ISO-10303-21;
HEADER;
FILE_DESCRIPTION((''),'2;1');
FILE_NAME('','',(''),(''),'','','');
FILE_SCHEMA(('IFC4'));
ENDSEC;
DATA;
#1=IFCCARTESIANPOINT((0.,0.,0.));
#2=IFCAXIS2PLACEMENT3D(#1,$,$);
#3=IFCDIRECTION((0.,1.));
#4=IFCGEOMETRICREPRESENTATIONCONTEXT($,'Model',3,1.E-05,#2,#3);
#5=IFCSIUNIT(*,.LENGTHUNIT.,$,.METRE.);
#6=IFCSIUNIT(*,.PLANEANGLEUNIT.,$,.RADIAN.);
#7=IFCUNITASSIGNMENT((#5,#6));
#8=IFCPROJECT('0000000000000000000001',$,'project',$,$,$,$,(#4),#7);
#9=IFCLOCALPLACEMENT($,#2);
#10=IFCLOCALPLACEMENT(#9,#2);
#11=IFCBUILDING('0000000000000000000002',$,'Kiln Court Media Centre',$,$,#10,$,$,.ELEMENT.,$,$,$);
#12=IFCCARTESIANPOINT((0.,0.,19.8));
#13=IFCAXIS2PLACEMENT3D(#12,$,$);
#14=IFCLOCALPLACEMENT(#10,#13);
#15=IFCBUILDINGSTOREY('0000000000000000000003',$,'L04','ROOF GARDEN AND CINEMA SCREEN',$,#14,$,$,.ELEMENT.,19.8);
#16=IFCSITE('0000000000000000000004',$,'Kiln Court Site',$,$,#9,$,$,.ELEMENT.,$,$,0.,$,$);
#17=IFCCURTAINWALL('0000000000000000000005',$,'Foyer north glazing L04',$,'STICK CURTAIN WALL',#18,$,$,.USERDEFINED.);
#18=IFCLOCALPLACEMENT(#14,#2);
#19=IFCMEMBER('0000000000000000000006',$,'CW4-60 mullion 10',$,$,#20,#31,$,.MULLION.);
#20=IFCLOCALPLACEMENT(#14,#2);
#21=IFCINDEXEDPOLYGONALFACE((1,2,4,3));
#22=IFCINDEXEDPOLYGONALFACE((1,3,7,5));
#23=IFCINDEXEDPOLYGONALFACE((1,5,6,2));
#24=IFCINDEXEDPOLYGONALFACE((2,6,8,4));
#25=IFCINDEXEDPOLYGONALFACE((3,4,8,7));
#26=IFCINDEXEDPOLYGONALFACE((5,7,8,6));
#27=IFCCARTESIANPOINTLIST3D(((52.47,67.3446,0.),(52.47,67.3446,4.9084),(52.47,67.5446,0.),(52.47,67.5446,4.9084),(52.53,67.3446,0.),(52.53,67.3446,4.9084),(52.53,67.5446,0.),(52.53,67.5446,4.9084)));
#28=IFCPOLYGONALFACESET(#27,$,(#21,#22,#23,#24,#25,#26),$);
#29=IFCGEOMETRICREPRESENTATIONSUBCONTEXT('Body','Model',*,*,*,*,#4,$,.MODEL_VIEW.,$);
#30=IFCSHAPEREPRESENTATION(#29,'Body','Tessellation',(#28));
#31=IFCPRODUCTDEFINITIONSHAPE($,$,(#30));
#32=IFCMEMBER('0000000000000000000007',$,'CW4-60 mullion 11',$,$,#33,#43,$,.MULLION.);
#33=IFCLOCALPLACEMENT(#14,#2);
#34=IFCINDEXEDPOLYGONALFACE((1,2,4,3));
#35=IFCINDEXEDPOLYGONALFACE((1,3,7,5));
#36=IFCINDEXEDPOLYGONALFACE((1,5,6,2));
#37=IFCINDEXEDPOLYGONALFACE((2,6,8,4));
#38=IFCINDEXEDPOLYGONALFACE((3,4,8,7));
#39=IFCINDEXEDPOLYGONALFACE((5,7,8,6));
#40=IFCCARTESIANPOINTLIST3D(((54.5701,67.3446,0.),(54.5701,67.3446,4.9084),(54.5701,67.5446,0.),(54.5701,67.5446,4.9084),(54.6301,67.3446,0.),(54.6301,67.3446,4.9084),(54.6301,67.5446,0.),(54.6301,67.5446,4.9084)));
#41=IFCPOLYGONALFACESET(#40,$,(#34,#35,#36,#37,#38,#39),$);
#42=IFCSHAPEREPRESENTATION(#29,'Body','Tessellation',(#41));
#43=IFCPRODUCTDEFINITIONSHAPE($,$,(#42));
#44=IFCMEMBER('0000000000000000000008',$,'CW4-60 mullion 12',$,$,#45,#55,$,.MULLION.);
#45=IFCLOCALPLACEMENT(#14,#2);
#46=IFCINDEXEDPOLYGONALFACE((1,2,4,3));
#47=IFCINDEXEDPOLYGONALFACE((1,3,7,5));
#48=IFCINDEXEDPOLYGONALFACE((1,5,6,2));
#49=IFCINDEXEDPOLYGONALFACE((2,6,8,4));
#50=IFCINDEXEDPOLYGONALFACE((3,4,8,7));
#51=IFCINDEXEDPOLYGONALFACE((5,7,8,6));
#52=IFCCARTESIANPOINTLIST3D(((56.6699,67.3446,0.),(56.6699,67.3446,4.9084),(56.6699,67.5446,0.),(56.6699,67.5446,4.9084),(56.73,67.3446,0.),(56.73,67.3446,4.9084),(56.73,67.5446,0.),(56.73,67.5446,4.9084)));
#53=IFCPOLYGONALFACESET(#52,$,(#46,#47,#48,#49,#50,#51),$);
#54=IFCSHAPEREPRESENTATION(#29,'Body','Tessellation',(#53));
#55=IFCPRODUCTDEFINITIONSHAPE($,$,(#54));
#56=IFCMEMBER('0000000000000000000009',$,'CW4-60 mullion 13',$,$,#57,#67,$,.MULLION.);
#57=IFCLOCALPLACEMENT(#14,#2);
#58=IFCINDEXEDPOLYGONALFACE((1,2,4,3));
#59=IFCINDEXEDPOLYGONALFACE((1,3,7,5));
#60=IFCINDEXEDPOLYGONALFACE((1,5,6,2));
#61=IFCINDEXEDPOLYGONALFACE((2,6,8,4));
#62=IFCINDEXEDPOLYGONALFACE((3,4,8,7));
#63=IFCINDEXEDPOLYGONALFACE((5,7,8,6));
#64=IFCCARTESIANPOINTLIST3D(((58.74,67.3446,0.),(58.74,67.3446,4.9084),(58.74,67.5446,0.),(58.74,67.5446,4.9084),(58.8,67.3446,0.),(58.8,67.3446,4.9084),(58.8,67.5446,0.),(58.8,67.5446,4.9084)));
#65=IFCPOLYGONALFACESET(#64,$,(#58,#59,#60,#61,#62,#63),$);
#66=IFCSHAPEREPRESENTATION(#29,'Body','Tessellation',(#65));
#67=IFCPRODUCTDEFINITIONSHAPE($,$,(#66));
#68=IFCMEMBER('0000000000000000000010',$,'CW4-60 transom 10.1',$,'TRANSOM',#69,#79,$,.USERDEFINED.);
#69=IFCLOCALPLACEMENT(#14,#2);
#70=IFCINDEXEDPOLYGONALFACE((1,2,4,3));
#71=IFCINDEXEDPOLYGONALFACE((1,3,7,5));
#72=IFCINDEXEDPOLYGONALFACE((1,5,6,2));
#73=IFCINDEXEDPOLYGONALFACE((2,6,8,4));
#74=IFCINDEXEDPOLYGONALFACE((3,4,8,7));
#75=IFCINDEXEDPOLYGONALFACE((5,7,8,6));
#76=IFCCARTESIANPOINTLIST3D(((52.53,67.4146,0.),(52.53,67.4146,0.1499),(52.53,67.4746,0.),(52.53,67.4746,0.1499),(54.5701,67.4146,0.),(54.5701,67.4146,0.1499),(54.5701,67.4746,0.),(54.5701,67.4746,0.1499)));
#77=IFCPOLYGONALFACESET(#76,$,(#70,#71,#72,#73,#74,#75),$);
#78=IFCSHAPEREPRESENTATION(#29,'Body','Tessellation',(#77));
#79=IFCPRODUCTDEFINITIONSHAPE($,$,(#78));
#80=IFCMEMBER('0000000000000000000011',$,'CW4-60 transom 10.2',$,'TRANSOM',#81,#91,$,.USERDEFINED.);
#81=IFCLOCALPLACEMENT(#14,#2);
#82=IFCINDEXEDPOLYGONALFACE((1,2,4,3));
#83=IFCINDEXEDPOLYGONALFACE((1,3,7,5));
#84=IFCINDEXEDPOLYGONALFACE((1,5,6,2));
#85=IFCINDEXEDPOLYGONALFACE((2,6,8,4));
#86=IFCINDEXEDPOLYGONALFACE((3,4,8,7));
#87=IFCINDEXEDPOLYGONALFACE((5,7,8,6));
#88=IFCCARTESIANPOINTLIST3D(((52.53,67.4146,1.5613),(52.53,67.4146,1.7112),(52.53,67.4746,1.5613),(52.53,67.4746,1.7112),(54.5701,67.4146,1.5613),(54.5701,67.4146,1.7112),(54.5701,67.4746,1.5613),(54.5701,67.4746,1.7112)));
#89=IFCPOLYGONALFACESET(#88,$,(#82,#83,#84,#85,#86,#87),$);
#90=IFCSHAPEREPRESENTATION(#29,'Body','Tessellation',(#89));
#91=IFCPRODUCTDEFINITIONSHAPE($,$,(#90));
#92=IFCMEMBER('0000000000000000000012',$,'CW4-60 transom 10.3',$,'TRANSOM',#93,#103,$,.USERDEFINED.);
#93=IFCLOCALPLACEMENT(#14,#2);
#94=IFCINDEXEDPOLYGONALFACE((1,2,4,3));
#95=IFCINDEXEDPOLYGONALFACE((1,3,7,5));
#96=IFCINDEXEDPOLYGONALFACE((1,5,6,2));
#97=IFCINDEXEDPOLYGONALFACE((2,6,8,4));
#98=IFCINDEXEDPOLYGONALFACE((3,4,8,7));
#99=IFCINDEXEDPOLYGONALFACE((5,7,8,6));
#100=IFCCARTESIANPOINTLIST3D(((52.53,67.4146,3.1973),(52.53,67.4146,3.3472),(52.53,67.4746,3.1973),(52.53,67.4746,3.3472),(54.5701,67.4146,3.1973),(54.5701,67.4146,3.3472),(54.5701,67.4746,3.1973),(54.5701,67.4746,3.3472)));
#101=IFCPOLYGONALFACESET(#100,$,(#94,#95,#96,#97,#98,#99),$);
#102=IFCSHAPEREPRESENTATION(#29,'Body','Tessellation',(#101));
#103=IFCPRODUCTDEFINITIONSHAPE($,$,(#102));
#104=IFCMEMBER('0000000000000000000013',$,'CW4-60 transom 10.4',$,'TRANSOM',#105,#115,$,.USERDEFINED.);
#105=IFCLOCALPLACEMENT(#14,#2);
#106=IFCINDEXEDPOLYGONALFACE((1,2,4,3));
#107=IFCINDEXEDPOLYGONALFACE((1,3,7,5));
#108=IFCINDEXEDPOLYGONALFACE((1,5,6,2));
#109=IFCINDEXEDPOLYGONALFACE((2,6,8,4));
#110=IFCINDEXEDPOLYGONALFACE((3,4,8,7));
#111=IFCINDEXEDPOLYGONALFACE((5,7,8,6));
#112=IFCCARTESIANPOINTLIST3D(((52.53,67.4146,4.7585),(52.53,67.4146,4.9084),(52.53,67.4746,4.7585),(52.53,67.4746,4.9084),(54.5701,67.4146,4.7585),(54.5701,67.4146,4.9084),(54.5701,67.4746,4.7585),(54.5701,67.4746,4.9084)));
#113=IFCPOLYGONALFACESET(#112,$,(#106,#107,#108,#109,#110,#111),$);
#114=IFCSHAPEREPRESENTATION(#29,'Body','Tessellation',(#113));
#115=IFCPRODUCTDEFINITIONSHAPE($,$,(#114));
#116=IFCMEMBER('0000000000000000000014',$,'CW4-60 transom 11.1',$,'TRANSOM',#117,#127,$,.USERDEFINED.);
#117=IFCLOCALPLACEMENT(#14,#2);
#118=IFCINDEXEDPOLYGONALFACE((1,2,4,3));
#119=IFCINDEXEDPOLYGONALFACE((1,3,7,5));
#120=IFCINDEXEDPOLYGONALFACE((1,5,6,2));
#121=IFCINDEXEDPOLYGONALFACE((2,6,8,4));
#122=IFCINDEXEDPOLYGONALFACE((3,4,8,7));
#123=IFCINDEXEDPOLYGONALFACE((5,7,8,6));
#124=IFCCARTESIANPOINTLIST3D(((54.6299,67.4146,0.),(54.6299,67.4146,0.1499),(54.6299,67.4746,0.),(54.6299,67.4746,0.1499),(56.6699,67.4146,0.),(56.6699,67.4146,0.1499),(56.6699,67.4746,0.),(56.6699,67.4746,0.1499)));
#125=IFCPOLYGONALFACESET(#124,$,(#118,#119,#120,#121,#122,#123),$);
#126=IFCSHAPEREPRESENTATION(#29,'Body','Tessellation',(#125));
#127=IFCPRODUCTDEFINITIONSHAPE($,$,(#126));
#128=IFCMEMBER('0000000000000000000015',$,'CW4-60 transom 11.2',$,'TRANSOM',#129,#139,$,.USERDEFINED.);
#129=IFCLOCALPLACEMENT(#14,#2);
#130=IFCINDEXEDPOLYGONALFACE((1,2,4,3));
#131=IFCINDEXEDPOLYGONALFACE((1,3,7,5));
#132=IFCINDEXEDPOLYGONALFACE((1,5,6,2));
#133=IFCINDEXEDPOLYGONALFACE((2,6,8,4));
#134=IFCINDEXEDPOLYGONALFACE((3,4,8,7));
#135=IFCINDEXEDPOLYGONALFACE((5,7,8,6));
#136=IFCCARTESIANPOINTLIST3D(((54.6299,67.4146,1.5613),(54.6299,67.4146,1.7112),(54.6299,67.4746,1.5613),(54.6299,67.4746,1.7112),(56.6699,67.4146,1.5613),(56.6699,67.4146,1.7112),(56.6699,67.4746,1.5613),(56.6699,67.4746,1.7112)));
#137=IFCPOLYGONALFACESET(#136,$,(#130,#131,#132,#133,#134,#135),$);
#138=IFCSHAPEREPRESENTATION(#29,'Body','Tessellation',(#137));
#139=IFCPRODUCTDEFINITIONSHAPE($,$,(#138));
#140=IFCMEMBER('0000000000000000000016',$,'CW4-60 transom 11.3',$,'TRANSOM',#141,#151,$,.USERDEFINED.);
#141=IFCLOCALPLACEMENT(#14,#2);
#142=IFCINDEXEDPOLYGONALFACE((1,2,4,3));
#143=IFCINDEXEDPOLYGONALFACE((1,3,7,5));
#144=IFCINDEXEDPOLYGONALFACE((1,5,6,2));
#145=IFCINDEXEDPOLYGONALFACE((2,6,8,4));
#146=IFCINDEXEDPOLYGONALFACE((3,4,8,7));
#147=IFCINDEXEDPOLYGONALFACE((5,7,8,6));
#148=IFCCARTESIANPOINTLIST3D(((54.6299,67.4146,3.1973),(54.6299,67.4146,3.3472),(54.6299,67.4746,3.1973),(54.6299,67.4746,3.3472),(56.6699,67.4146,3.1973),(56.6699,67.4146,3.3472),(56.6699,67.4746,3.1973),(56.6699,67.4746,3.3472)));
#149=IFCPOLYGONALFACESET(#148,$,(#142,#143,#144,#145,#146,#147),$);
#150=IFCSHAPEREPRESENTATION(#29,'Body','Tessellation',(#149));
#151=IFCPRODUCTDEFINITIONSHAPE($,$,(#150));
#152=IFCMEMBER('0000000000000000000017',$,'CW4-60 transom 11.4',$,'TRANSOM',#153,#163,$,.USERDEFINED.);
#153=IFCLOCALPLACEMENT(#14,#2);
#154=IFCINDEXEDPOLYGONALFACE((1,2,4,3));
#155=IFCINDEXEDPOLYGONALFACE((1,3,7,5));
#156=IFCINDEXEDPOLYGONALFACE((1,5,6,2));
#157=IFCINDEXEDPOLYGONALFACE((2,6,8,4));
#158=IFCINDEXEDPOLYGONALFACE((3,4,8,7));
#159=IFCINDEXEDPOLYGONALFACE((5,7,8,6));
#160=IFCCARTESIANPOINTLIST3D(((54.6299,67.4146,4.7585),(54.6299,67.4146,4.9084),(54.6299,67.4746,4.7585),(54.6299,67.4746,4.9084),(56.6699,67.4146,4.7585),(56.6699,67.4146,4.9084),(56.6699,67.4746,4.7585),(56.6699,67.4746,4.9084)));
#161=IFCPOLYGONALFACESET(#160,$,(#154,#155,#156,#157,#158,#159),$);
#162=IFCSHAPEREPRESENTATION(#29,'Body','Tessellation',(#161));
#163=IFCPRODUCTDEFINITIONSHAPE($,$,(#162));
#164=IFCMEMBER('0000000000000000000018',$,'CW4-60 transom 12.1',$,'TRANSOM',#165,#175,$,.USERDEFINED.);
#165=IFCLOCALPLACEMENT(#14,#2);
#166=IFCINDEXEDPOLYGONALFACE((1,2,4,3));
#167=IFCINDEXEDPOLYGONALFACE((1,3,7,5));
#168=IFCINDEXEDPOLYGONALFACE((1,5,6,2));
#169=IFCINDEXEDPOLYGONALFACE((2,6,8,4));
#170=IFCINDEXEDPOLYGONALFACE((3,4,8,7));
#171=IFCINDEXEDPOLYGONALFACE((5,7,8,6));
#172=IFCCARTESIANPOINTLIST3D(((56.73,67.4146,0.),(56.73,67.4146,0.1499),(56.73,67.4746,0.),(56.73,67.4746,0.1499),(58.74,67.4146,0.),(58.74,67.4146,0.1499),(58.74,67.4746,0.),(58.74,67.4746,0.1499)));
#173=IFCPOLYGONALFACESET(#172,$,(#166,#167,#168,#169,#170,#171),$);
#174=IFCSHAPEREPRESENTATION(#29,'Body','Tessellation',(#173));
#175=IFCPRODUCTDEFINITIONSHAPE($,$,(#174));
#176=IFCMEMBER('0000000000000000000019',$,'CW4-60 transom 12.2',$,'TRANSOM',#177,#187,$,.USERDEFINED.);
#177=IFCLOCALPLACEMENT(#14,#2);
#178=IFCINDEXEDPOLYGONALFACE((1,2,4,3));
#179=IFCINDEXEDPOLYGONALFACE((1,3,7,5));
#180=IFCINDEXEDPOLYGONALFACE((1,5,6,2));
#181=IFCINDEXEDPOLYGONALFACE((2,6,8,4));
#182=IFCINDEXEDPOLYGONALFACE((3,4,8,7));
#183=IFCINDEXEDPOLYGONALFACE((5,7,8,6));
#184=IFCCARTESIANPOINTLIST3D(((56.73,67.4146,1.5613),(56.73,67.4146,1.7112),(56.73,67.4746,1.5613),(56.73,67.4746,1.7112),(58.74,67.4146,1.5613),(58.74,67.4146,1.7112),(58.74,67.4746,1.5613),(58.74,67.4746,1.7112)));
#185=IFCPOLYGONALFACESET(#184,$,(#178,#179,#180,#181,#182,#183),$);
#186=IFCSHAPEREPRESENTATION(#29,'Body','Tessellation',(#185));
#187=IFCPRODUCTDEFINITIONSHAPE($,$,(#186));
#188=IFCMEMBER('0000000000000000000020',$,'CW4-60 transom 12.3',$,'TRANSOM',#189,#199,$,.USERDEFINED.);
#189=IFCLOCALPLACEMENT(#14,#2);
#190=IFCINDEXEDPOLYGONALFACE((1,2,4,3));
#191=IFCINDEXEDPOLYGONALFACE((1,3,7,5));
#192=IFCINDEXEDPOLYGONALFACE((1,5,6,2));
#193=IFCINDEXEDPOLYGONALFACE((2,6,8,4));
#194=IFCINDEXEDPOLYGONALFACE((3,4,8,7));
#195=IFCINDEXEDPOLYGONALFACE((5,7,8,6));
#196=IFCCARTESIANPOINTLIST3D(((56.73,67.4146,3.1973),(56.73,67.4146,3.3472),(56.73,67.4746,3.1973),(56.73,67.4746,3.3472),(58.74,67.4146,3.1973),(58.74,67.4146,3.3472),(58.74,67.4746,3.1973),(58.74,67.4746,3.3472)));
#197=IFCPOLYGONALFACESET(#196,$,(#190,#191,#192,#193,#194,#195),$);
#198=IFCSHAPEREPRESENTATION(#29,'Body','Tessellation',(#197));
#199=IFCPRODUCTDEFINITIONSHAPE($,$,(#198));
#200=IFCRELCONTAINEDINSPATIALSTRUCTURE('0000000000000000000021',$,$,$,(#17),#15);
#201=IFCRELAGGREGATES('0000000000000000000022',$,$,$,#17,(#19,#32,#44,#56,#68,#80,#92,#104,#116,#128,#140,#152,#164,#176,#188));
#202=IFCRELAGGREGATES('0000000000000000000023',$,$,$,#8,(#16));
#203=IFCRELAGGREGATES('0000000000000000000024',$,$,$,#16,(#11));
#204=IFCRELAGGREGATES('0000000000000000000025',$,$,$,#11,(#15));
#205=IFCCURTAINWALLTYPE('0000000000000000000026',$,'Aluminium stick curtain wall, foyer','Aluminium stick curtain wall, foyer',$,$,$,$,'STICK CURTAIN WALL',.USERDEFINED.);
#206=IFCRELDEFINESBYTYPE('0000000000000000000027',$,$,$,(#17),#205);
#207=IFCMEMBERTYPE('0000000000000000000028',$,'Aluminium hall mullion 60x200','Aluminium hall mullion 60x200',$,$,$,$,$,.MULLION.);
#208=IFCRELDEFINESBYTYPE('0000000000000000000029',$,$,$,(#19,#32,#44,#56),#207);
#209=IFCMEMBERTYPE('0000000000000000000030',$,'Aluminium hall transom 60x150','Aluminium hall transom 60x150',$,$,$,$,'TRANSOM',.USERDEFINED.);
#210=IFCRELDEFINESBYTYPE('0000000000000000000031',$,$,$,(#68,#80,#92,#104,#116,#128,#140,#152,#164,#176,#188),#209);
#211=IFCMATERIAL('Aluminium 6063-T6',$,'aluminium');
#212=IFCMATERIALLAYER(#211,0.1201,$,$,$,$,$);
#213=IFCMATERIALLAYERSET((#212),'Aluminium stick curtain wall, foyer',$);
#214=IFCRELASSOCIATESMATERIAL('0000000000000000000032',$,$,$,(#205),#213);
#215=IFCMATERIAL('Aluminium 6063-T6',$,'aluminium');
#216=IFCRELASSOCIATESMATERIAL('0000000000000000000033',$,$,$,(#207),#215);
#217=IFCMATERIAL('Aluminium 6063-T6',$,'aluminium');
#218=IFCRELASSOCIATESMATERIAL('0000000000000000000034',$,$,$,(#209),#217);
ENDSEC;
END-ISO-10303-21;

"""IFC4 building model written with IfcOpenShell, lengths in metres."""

from ifc_helpers import new_model, si_unit, direction, frame, origin, origin_2d, place, context, subcontext, project, spatial, rectangle, extrude, material, layer, layer_set, material_profile, profile_set, type_object, element, aggregate, save


model = new_model("IFC4")

# Units and contexts
model_context = context("Model", 3, precision=1e-05, world=origin(), true_north=direction((0.0, 1.0)))
body_context = subcontext(model_context, "Body", "Model", "MODEL_VIEW")
ifc_project = project(units=[si_unit("LENGTHUNIT", "METRE"), si_unit("PLANEANGLEUNIT", "RADIAN")], contexts=[model_context])

# Site, building, storey
site_placement = place(None, origin())
site = spatial("IfcSite", under=ifc_project, at=site_placement, Name="Kiln Court Site", CompositionType="ELEMENT", RefElevation=0.0)
building_placement = place(site_placement, origin())
building = spatial("IfcBuilding", under=site, at=building_placement, Name="Kiln Court Media Centre", CompositionType="ELEMENT")
storey_placement = place(building_placement, frame((0.0, 0.0, 19.8)))
storey = spatial("IfcBuildingStorey", under=building, at=storey_placement, Name="L04", Description="ROOF GARDEN AND CINEMA SCREEN", CompositionType="ELEMENT", Elevation=19.8)

# Curtain wall, members
ifc_material_1 = material(Name="Aluminium 6063-T6", Category="aluminium")
ifc_layer_1 = layer(ifc_material_1, 0.1201)
ifc_layer_set_1 = layer_set([ifc_layer_1], Name="Aluminium stick curtain wall, foyer")
curtain_wall_type = type_object("IfcCurtainWallType", Name="Aluminium stick curtain wall, foyer", Description="Aluminium stick curtain wall, foyer", ElementType="STICK CURTAIN WALL", PredefinedType="USERDEFINED", material=ifc_layer_set_1)
curtain_wall_placement = place(storey_placement, origin())
curtain_wall = element("IfcCurtainWall", 1, at=curtain_wall_placement, inside=storey, type_object=curtain_wall_type, Name="Foyer north glazing L04", ObjectType="STICK CURTAIN WALL", PredefinedType="USERDEFINED")
ifc_material_2 = material(Name="Aluminium 6063-T6", Category="aluminium")
ifc_material_profile_1 = material_profile(ifc_material_2, rectangle(XDim=0.0601, YDim=0.2, at=origin_2d()), Name="Aluminium hall mullion 60x200")
ifc_profile_set_1 = profile_set([ifc_material_profile_1], Name="Aluminium 6063-T6")
member_type_1 = type_object("IfcMemberType", Name="Aluminium hall mullion 60x200", Description="Aluminium hall mullion 60x200", PredefinedType="MULLION", material=ifc_profile_set_1)
member_1_placement = place(storey_placement, frame((52.5, 67.4446, 0.0), z_axis=(0.0, 0.0, 1.0), x_axis=(1.0, 0.0, 0.0)))
member_1 = element("IfcMember", 2, at=member_1_placement, type_object=member_type_1, Name="CW4-60 mullion 10", PredefinedType="MULLION", context=body_context, shape_type="SweptSolid", body=[
    extrude(rectangle(XDim=0.0601, YDim=0.2, at=origin_2d()), origin(), (0.0, 0.0, 1.0), 4.9084),
])
member_2_placement = place(storey_placement, frame((54.6001, 67.4446, 0.0), z_axis=(0.0, 0.0, 1.0), x_axis=(1.0, 0.0, 0.0)))
member_2 = element("IfcMember", 3, at=member_2_placement, type_object=member_type_1, Name="CW4-60 mullion 11", PredefinedType="MULLION", context=body_context, shape_type="SweptSolid", body=[
    extrude(rectangle(XDim=0.0601, YDim=0.2, at=origin_2d()), origin(), (0.0, 0.0, 1.0), 4.9084),
])
member_3_placement = place(storey_placement, frame((56.7, 67.4446, 0.0), z_axis=(0.0, 0.0, 1.0), x_axis=(1.0, 0.0, 0.0)))
member_3 = element("IfcMember", 4, at=member_3_placement, type_object=member_type_1, Name="CW4-60 mullion 12", PredefinedType="MULLION", context=body_context, shape_type="SweptSolid", body=[
    extrude(rectangle(XDim=0.0601, YDim=0.2, at=origin_2d()), origin(), (0.0, 0.0, 1.0), 4.9084),
])
member_4_placement = place(storey_placement, frame((58.77, 67.4446, 0.0), z_axis=(0.0, 0.0, 1.0), x_axis=(1.0, 0.0, 0.0)))
member_4 = element("IfcMember", 5, at=member_4_placement, type_object=member_type_1, Name="CW4-60 mullion 13", PredefinedType="MULLION", context=body_context, shape_type="SweptSolid", body=[
    extrude(rectangle(XDim=0.0601, YDim=0.2, at=origin_2d()), origin(), (0.0, 0.0, 1.0), 4.9084),
])
ifc_material_3 = material(Name="Aluminium 6063-T6", Category="aluminium")
ifc_material_profile_2 = material_profile(ifc_material_3, rectangle(XDim=0.0601, YDim=0.1499, at=origin_2d()), Name="Aluminium hall transom 60x150")
ifc_profile_set_2 = profile_set([ifc_material_profile_2], Name="Aluminium 6063-T6")
member_type_2 = type_object("IfcMemberType", Name="Aluminium hall transom 60x150", Description="Aluminium hall transom 60x150", ElementType="TRANSOM", PredefinedType="USERDEFINED", material=ifc_profile_set_2)
member_5_placement = place(storey_placement, frame((52.53, 67.4446, 0.075), z_axis=(1.0, 0.0, 0.0), x_axis=(0.0, 1.0, 0.0)))
member_5 = element("IfcMember", 6, at=member_5_placement, type_object=member_type_2, Name="CW4-60 transom 10.1", ObjectType="TRANSOM", PredefinedType="USERDEFINED", context=body_context, shape_type="SweptSolid", body=[
    extrude(rectangle(XDim=0.0601, YDim=0.1499, at=origin_2d()), origin(), (0.0, 0.0, 1.0), 2.04),
])
member_6_placement = place(storey_placement, frame((52.53, 67.4446, 1.6362), z_axis=(1.0, 0.0, 0.0), x_axis=(0.0, 1.0, 0.0)))
member_6 = element("IfcMember", 7, at=member_6_placement, type_object=member_type_2, Name="CW4-60 transom 10.2", ObjectType="TRANSOM", PredefinedType="USERDEFINED", context=body_context, shape_type="SweptSolid", body=[
    extrude(rectangle(XDim=0.0601, YDim=0.1499, at=origin_2d()), origin(), (0.0, 0.0, 1.0), 2.04),
])
member_7_placement = place(storey_placement, frame((52.53, 67.4446, 3.2722), z_axis=(1.0, 0.0, 0.0), x_axis=(0.0, 1.0, 0.0)))
member_7 = element("IfcMember", 8, at=member_7_placement, type_object=member_type_2, Name="CW4-60 transom 10.3", ObjectType="TRANSOM", PredefinedType="USERDEFINED", context=body_context, shape_type="SweptSolid", body=[
    extrude(rectangle(XDim=0.0601, YDim=0.1499, at=origin_2d()), origin(), (0.0, 0.0, 1.0), 2.04),
])
member_8_placement = place(storey_placement, frame((52.53, 67.4446, 4.8335), z_axis=(1.0, 0.0, 0.0), x_axis=(0.0, 1.0, 0.0)))
member_8 = element("IfcMember", 9, at=member_8_placement, type_object=member_type_2, Name="CW4-60 transom 10.4", ObjectType="TRANSOM", PredefinedType="USERDEFINED", context=body_context, shape_type="SweptSolid", body=[
    extrude(rectangle(XDim=0.0601, YDim=0.1499, at=origin_2d()), origin(), (0.0, 0.0, 1.0), 2.04),
])
member_9_placement = place(storey_placement, frame((54.6299, 67.4446, 0.075), z_axis=(1.0, 0.0, 0.0), x_axis=(0.0, 1.0, 0.0)))
member_9 = element("IfcMember", 10, at=member_9_placement, type_object=member_type_2, Name="CW4-60 transom 11.1", ObjectType="TRANSOM", PredefinedType="USERDEFINED", context=body_context, shape_type="SweptSolid", body=[
    extrude(rectangle(XDim=0.0601, YDim=0.1499, at=origin_2d()), origin(), (0.0, 0.0, 1.0), 2.04),
])
member_10_placement = place(storey_placement, frame((54.6299, 67.4446, 1.6362), z_axis=(1.0, 0.0, 0.0), x_axis=(0.0, 1.0, 0.0)))
member_10 = element("IfcMember", 11, at=member_10_placement, type_object=member_type_2, Name="CW4-60 transom 11.2", ObjectType="TRANSOM", PredefinedType="USERDEFINED", context=body_context, shape_type="SweptSolid", body=[
    extrude(rectangle(XDim=0.0601, YDim=0.1499, at=origin_2d()), origin(), (0.0, 0.0, 1.0), 2.04),
])
member_11_placement = place(storey_placement, frame((54.6299, 67.4446, 3.2722), z_axis=(1.0, 0.0, 0.0), x_axis=(0.0, 1.0, 0.0)))
member_11 = element("IfcMember", 12, at=member_11_placement, type_object=member_type_2, Name="CW4-60 transom 11.3", ObjectType="TRANSOM", PredefinedType="USERDEFINED", context=body_context, shape_type="SweptSolid", body=[
    extrude(rectangle(XDim=0.0601, YDim=0.1499, at=origin_2d()), origin(), (0.0, 0.0, 1.0), 2.04),
])
member_12_placement = place(storey_placement, frame((54.6299, 67.4446, 4.8335), z_axis=(1.0, 0.0, 0.0), x_axis=(0.0, 1.0, 0.0)))
member_12 = element("IfcMember", 13, at=member_12_placement, type_object=member_type_2, Name="CW4-60 transom 11.4", ObjectType="TRANSOM", PredefinedType="USERDEFINED", context=body_context, shape_type="SweptSolid", body=[
    extrude(rectangle(XDim=0.0601, YDim=0.1499, at=origin_2d()), origin(), (0.0, 0.0, 1.0), 2.04),
])
member_13_placement = place(storey_placement, frame((56.73, 67.4446, 0.075), z_axis=(1.0, 0.0, 0.0), x_axis=(0.0, 1.0, 0.0)))
member_13 = element("IfcMember", 14, at=member_13_placement, type_object=member_type_2, Name="CW4-60 transom 12.1", ObjectType="TRANSOM", PredefinedType="USERDEFINED", context=body_context, shape_type="SweptSolid", body=[
    extrude(rectangle(XDim=0.0601, YDim=0.1499, at=origin_2d()), origin(), (0.0, 0.0, 1.0), 2.01),
])
member_14_placement = place(storey_placement, frame((56.73, 67.4446, 1.6362), z_axis=(1.0, 0.0, 0.0), x_axis=(0.0, 1.0, 0.0)))
member_14 = element("IfcMember", 15, at=member_14_placement, type_object=member_type_2, Name="CW4-60 transom 12.2", ObjectType="TRANSOM", PredefinedType="USERDEFINED", context=body_context, shape_type="SweptSolid", body=[
    extrude(rectangle(XDim=0.0601, YDim=0.1499, at=origin_2d()), origin(), (0.0, 0.0, 1.0), 2.01),
])
member_15_placement = place(storey_placement, frame((56.73, 67.4446, 3.2722), z_axis=(1.0, 0.0, 0.0), x_axis=(0.0, 1.0, 0.0)))
member_15 = element("IfcMember", 16, at=member_15_placement, type_object=member_type_2, Name="CW4-60 transom 12.3", ObjectType="TRANSOM", PredefinedType="USERDEFINED", context=body_context, shape_type="SweptSolid", body=[
    extrude(rectangle(XDim=0.0601, YDim=0.1499, at=origin_2d()), origin(), (0.0, 0.0, 1.0), 2.01),
])
aggregate(curtain_wall, [member_1, member_2, member_3, member_4, member_5, member_6, member_7, member_8, member_9, member_10, member_11, member_12, member_13, member_14, member_15])

save(model, "model.ifc")
